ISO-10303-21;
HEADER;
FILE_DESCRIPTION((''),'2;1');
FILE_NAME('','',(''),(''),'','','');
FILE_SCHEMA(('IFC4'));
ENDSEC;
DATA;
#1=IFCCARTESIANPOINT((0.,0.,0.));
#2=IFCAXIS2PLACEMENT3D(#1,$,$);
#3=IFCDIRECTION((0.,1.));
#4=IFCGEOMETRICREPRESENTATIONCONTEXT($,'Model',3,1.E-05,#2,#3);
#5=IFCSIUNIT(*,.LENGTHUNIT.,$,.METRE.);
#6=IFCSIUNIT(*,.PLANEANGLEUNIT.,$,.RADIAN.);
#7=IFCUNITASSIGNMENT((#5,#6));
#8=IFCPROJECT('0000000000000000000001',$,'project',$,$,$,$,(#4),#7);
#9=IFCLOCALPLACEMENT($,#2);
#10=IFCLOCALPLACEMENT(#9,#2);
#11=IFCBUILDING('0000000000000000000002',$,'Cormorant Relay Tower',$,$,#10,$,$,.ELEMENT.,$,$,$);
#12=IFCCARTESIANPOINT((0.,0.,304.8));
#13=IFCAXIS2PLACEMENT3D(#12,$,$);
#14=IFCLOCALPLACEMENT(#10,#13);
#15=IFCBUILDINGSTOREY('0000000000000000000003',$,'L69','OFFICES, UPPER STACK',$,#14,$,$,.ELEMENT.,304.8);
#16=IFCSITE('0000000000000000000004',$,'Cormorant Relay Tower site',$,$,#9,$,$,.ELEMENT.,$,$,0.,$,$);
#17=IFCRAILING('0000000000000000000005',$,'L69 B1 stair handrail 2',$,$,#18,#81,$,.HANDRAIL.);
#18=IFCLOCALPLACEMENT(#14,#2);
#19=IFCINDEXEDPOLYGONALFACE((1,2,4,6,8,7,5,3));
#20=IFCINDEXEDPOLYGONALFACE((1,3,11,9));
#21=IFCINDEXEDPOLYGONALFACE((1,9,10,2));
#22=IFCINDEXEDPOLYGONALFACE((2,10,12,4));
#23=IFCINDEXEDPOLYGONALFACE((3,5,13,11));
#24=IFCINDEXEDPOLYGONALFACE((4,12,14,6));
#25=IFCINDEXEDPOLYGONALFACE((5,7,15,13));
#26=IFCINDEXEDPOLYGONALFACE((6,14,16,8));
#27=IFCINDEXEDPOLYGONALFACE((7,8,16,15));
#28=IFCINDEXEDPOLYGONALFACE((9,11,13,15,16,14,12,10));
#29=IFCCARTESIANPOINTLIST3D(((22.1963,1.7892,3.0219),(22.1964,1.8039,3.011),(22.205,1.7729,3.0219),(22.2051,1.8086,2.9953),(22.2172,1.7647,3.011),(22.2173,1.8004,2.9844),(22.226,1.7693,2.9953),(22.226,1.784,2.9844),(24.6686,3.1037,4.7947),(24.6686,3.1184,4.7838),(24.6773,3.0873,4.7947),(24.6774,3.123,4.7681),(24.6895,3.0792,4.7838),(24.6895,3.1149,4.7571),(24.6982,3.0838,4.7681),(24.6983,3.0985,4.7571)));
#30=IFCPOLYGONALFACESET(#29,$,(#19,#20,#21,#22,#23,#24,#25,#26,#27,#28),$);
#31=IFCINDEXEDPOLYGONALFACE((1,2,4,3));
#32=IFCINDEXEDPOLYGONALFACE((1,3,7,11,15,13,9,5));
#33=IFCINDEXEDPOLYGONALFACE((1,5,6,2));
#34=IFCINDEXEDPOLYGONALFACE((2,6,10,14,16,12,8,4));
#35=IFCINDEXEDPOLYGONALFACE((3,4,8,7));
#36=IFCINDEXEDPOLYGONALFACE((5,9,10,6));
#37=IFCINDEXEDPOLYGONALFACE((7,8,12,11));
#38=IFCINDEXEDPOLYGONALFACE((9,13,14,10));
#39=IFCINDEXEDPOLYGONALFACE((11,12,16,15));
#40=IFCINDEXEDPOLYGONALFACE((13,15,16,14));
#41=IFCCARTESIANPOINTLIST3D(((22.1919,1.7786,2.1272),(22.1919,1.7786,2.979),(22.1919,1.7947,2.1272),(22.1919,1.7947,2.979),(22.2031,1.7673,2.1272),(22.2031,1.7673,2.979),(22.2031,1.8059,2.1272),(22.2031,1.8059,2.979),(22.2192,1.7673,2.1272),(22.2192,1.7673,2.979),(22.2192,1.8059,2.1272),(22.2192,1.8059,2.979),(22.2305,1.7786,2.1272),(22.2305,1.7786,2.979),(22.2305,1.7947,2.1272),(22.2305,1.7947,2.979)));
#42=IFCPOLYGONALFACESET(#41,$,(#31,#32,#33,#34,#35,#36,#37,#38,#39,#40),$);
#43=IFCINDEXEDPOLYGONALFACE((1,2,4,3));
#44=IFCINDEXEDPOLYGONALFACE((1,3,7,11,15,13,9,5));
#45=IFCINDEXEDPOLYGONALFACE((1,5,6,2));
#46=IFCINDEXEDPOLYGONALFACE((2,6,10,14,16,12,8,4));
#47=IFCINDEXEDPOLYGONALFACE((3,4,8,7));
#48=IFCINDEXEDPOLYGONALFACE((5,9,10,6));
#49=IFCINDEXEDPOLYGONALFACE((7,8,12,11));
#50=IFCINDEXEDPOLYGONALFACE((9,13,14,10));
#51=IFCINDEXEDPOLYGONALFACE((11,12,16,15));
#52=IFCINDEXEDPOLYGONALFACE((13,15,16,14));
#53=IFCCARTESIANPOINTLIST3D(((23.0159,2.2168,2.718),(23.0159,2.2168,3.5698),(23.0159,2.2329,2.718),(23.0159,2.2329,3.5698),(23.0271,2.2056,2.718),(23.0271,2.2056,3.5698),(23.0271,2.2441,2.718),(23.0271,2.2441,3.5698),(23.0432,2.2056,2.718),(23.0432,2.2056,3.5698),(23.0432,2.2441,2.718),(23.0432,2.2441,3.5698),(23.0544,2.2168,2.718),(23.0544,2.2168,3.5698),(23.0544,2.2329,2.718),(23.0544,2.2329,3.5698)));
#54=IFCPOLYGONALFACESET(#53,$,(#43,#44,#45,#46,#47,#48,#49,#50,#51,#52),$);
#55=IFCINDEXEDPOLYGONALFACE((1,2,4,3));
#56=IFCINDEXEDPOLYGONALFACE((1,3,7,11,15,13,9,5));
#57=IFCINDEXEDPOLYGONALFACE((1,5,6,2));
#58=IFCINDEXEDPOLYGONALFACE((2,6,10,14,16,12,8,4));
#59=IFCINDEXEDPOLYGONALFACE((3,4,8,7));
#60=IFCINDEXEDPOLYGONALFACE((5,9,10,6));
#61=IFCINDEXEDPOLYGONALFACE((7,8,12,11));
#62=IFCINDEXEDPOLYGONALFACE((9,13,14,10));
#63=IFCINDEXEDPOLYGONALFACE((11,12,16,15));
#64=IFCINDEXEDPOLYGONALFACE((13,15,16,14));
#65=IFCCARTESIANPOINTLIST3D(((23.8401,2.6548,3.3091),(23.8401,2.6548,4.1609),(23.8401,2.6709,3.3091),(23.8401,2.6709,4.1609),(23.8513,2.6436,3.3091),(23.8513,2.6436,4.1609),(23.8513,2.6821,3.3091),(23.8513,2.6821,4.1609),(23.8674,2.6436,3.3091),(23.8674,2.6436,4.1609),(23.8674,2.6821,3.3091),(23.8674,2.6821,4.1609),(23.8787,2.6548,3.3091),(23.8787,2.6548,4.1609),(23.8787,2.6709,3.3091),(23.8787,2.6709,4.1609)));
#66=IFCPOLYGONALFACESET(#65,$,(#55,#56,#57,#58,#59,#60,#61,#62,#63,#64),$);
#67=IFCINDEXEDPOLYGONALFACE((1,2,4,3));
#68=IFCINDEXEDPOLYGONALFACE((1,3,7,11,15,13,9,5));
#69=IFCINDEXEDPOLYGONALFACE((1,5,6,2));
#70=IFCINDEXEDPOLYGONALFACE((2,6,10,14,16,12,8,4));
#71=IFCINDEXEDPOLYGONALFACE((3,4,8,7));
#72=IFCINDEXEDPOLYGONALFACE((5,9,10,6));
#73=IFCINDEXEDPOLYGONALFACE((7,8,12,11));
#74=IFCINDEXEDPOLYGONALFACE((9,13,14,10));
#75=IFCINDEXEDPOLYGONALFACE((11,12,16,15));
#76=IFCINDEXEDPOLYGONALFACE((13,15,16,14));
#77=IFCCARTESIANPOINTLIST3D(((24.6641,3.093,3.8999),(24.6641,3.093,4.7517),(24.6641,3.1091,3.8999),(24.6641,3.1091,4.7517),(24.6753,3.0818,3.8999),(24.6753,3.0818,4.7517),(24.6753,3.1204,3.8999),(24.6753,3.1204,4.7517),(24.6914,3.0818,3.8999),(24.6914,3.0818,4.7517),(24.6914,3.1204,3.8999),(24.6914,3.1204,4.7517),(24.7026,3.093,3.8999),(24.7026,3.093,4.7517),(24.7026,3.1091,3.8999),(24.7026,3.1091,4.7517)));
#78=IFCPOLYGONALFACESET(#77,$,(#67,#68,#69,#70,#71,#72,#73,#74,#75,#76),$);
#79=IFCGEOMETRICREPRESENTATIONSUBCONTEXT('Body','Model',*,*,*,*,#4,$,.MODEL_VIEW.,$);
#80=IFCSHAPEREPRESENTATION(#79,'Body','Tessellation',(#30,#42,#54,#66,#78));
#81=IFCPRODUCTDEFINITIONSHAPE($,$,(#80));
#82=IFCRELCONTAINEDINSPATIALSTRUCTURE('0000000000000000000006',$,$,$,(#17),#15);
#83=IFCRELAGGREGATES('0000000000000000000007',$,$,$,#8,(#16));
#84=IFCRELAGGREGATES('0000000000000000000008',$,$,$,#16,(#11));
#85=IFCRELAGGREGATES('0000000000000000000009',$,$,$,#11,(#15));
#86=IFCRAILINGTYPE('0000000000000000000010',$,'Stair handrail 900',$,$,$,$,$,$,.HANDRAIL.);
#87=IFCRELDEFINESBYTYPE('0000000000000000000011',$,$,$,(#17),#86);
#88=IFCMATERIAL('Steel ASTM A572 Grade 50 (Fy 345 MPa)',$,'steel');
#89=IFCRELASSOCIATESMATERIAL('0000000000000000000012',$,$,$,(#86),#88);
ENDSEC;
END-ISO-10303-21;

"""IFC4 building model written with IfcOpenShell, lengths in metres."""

from ifc_helpers import new_model, si_unit, direction, frame, origin, place, context, subcontext, project, spatial, polyline, outline, extrude, material, type_object, element, save


model = new_model("IFC4")

# Units and contexts
model_context = context("Model", 3, precision=1e-05, world=origin(), true_north=direction((0.0, 1.0)))
body_context = subcontext(model_context, "Body", "Model", "MODEL_VIEW")
ifc_project = project(units=[si_unit("LENGTHUNIT", "METRE"), si_unit("PLANEANGLEUNIT", "RADIAN")], contexts=[model_context])

# Site, building, storey
site_placement = place(None, origin())
site = spatial("IfcSite", under=ifc_project, at=site_placement, Name="Cormorant Relay Tower site", CompositionType="ELEMENT", RefElevation=0.0)
building_placement = place(site_placement, origin())
building = spatial("IfcBuilding", under=site, at=building_placement, Name="Cormorant Relay Tower", CompositionType="ELEMENT")
storey_placement = place(building_placement, frame((0.0, 0.0, 304.8)))
storey = spatial("IfcBuildingStorey", under=building, at=storey_placement, Name="L69", Description="OFFICES, UPPER STACK", CompositionType="ELEMENT", Elevation=304.8)

# Railing
ifc_material_1 = material(Name="Steel ASTM A572 Grade 50 (Fy 345 MPa)", Category="steel")
railing_type_1 = type_object("IfcRailingType", Name="Stair handrail 900", PredefinedType="HANDRAIL", material=ifc_material_1)
railing_1_placement = place(storey_placement, frame((22.2112, 1.7866, 2.1272)))
element("IfcRailing", 1, at=railing_1_placement, inside=storey, type_object=railing_type_1, Name="L69 B1 stair handrail 2", PredefinedType="HANDRAIL", context=body_context, shape_type="SweptSolid", body=[
    extrude(outline(polyline([(0.0222, 0.0093), (0.0093, 0.0222), (-0.0093, 0.0222), (-0.0222, 0.0093), (-0.0222, -0.0093), (-0.0093, -0.0222), (0.0093, -0.0222), (0.0222, -0.0093), (0.0222, 0.0093)])), frame((0.0, 0.0, 0.876), z_axis=(0.746001, 0.396649, 0.534931), x_axis=(-0.469465, 0.882951, 0.0)), (0.0, 0.0, 1.0), 3.314),
    extrude(outline(polyline([(0.0193, 0.0081), (0.0081, 0.0193), (-0.0081, 0.0193), (-0.0193, 0.0081), (-0.0193, -0.0081), (-0.0081, -0.0193), (0.0081, -0.0193), (0.0193, -0.0081), (0.0193, 0.0081)])), origin(), (0.0, 0.0, 1.0), 0.8518),
    extrude(outline(polyline([(0.0193, 0.0081), (0.0081, 0.0193), (-0.0081, 0.0193), (-0.0193, 0.0081), (-0.0193, -0.0081), (-0.0081, -0.0193), (0.0081, -0.0193), (0.0193, -0.0081), (0.0193, 0.0081)])), frame((0.824, 0.4382, 0.5908)), (0.0, 0.0, 1.0), 0.8518),
    extrude(outline(polyline([(0.0193, 0.0081), (0.0081, 0.0193), (-0.0081, 0.0193), (-0.0193, 0.0081), (-0.0193, -0.0081), (-0.0081, -0.0193), (0.0081, -0.0193), (0.0193, -0.0081), (0.0193, 0.0081)])), frame((1.6482, 0.8762, 1.1819)), (0.0, 0.0, 1.0), 0.8518),
    extrude(outline(polyline([(0.0193, 0.0081), (0.0081, 0.0193), (-0.0081, 0.0193), (-0.0193, 0.0081), (-0.0193, -0.0081), (-0.0081, -0.0193), (0.0081, -0.0193), (0.0193, -0.0081), (0.0193, 0.0081)])), frame((2.4722, 1.3145, 1.7727)), (0.0, 0.0, 1.0), 0.8518),
])

save(model, "model.ifc")
